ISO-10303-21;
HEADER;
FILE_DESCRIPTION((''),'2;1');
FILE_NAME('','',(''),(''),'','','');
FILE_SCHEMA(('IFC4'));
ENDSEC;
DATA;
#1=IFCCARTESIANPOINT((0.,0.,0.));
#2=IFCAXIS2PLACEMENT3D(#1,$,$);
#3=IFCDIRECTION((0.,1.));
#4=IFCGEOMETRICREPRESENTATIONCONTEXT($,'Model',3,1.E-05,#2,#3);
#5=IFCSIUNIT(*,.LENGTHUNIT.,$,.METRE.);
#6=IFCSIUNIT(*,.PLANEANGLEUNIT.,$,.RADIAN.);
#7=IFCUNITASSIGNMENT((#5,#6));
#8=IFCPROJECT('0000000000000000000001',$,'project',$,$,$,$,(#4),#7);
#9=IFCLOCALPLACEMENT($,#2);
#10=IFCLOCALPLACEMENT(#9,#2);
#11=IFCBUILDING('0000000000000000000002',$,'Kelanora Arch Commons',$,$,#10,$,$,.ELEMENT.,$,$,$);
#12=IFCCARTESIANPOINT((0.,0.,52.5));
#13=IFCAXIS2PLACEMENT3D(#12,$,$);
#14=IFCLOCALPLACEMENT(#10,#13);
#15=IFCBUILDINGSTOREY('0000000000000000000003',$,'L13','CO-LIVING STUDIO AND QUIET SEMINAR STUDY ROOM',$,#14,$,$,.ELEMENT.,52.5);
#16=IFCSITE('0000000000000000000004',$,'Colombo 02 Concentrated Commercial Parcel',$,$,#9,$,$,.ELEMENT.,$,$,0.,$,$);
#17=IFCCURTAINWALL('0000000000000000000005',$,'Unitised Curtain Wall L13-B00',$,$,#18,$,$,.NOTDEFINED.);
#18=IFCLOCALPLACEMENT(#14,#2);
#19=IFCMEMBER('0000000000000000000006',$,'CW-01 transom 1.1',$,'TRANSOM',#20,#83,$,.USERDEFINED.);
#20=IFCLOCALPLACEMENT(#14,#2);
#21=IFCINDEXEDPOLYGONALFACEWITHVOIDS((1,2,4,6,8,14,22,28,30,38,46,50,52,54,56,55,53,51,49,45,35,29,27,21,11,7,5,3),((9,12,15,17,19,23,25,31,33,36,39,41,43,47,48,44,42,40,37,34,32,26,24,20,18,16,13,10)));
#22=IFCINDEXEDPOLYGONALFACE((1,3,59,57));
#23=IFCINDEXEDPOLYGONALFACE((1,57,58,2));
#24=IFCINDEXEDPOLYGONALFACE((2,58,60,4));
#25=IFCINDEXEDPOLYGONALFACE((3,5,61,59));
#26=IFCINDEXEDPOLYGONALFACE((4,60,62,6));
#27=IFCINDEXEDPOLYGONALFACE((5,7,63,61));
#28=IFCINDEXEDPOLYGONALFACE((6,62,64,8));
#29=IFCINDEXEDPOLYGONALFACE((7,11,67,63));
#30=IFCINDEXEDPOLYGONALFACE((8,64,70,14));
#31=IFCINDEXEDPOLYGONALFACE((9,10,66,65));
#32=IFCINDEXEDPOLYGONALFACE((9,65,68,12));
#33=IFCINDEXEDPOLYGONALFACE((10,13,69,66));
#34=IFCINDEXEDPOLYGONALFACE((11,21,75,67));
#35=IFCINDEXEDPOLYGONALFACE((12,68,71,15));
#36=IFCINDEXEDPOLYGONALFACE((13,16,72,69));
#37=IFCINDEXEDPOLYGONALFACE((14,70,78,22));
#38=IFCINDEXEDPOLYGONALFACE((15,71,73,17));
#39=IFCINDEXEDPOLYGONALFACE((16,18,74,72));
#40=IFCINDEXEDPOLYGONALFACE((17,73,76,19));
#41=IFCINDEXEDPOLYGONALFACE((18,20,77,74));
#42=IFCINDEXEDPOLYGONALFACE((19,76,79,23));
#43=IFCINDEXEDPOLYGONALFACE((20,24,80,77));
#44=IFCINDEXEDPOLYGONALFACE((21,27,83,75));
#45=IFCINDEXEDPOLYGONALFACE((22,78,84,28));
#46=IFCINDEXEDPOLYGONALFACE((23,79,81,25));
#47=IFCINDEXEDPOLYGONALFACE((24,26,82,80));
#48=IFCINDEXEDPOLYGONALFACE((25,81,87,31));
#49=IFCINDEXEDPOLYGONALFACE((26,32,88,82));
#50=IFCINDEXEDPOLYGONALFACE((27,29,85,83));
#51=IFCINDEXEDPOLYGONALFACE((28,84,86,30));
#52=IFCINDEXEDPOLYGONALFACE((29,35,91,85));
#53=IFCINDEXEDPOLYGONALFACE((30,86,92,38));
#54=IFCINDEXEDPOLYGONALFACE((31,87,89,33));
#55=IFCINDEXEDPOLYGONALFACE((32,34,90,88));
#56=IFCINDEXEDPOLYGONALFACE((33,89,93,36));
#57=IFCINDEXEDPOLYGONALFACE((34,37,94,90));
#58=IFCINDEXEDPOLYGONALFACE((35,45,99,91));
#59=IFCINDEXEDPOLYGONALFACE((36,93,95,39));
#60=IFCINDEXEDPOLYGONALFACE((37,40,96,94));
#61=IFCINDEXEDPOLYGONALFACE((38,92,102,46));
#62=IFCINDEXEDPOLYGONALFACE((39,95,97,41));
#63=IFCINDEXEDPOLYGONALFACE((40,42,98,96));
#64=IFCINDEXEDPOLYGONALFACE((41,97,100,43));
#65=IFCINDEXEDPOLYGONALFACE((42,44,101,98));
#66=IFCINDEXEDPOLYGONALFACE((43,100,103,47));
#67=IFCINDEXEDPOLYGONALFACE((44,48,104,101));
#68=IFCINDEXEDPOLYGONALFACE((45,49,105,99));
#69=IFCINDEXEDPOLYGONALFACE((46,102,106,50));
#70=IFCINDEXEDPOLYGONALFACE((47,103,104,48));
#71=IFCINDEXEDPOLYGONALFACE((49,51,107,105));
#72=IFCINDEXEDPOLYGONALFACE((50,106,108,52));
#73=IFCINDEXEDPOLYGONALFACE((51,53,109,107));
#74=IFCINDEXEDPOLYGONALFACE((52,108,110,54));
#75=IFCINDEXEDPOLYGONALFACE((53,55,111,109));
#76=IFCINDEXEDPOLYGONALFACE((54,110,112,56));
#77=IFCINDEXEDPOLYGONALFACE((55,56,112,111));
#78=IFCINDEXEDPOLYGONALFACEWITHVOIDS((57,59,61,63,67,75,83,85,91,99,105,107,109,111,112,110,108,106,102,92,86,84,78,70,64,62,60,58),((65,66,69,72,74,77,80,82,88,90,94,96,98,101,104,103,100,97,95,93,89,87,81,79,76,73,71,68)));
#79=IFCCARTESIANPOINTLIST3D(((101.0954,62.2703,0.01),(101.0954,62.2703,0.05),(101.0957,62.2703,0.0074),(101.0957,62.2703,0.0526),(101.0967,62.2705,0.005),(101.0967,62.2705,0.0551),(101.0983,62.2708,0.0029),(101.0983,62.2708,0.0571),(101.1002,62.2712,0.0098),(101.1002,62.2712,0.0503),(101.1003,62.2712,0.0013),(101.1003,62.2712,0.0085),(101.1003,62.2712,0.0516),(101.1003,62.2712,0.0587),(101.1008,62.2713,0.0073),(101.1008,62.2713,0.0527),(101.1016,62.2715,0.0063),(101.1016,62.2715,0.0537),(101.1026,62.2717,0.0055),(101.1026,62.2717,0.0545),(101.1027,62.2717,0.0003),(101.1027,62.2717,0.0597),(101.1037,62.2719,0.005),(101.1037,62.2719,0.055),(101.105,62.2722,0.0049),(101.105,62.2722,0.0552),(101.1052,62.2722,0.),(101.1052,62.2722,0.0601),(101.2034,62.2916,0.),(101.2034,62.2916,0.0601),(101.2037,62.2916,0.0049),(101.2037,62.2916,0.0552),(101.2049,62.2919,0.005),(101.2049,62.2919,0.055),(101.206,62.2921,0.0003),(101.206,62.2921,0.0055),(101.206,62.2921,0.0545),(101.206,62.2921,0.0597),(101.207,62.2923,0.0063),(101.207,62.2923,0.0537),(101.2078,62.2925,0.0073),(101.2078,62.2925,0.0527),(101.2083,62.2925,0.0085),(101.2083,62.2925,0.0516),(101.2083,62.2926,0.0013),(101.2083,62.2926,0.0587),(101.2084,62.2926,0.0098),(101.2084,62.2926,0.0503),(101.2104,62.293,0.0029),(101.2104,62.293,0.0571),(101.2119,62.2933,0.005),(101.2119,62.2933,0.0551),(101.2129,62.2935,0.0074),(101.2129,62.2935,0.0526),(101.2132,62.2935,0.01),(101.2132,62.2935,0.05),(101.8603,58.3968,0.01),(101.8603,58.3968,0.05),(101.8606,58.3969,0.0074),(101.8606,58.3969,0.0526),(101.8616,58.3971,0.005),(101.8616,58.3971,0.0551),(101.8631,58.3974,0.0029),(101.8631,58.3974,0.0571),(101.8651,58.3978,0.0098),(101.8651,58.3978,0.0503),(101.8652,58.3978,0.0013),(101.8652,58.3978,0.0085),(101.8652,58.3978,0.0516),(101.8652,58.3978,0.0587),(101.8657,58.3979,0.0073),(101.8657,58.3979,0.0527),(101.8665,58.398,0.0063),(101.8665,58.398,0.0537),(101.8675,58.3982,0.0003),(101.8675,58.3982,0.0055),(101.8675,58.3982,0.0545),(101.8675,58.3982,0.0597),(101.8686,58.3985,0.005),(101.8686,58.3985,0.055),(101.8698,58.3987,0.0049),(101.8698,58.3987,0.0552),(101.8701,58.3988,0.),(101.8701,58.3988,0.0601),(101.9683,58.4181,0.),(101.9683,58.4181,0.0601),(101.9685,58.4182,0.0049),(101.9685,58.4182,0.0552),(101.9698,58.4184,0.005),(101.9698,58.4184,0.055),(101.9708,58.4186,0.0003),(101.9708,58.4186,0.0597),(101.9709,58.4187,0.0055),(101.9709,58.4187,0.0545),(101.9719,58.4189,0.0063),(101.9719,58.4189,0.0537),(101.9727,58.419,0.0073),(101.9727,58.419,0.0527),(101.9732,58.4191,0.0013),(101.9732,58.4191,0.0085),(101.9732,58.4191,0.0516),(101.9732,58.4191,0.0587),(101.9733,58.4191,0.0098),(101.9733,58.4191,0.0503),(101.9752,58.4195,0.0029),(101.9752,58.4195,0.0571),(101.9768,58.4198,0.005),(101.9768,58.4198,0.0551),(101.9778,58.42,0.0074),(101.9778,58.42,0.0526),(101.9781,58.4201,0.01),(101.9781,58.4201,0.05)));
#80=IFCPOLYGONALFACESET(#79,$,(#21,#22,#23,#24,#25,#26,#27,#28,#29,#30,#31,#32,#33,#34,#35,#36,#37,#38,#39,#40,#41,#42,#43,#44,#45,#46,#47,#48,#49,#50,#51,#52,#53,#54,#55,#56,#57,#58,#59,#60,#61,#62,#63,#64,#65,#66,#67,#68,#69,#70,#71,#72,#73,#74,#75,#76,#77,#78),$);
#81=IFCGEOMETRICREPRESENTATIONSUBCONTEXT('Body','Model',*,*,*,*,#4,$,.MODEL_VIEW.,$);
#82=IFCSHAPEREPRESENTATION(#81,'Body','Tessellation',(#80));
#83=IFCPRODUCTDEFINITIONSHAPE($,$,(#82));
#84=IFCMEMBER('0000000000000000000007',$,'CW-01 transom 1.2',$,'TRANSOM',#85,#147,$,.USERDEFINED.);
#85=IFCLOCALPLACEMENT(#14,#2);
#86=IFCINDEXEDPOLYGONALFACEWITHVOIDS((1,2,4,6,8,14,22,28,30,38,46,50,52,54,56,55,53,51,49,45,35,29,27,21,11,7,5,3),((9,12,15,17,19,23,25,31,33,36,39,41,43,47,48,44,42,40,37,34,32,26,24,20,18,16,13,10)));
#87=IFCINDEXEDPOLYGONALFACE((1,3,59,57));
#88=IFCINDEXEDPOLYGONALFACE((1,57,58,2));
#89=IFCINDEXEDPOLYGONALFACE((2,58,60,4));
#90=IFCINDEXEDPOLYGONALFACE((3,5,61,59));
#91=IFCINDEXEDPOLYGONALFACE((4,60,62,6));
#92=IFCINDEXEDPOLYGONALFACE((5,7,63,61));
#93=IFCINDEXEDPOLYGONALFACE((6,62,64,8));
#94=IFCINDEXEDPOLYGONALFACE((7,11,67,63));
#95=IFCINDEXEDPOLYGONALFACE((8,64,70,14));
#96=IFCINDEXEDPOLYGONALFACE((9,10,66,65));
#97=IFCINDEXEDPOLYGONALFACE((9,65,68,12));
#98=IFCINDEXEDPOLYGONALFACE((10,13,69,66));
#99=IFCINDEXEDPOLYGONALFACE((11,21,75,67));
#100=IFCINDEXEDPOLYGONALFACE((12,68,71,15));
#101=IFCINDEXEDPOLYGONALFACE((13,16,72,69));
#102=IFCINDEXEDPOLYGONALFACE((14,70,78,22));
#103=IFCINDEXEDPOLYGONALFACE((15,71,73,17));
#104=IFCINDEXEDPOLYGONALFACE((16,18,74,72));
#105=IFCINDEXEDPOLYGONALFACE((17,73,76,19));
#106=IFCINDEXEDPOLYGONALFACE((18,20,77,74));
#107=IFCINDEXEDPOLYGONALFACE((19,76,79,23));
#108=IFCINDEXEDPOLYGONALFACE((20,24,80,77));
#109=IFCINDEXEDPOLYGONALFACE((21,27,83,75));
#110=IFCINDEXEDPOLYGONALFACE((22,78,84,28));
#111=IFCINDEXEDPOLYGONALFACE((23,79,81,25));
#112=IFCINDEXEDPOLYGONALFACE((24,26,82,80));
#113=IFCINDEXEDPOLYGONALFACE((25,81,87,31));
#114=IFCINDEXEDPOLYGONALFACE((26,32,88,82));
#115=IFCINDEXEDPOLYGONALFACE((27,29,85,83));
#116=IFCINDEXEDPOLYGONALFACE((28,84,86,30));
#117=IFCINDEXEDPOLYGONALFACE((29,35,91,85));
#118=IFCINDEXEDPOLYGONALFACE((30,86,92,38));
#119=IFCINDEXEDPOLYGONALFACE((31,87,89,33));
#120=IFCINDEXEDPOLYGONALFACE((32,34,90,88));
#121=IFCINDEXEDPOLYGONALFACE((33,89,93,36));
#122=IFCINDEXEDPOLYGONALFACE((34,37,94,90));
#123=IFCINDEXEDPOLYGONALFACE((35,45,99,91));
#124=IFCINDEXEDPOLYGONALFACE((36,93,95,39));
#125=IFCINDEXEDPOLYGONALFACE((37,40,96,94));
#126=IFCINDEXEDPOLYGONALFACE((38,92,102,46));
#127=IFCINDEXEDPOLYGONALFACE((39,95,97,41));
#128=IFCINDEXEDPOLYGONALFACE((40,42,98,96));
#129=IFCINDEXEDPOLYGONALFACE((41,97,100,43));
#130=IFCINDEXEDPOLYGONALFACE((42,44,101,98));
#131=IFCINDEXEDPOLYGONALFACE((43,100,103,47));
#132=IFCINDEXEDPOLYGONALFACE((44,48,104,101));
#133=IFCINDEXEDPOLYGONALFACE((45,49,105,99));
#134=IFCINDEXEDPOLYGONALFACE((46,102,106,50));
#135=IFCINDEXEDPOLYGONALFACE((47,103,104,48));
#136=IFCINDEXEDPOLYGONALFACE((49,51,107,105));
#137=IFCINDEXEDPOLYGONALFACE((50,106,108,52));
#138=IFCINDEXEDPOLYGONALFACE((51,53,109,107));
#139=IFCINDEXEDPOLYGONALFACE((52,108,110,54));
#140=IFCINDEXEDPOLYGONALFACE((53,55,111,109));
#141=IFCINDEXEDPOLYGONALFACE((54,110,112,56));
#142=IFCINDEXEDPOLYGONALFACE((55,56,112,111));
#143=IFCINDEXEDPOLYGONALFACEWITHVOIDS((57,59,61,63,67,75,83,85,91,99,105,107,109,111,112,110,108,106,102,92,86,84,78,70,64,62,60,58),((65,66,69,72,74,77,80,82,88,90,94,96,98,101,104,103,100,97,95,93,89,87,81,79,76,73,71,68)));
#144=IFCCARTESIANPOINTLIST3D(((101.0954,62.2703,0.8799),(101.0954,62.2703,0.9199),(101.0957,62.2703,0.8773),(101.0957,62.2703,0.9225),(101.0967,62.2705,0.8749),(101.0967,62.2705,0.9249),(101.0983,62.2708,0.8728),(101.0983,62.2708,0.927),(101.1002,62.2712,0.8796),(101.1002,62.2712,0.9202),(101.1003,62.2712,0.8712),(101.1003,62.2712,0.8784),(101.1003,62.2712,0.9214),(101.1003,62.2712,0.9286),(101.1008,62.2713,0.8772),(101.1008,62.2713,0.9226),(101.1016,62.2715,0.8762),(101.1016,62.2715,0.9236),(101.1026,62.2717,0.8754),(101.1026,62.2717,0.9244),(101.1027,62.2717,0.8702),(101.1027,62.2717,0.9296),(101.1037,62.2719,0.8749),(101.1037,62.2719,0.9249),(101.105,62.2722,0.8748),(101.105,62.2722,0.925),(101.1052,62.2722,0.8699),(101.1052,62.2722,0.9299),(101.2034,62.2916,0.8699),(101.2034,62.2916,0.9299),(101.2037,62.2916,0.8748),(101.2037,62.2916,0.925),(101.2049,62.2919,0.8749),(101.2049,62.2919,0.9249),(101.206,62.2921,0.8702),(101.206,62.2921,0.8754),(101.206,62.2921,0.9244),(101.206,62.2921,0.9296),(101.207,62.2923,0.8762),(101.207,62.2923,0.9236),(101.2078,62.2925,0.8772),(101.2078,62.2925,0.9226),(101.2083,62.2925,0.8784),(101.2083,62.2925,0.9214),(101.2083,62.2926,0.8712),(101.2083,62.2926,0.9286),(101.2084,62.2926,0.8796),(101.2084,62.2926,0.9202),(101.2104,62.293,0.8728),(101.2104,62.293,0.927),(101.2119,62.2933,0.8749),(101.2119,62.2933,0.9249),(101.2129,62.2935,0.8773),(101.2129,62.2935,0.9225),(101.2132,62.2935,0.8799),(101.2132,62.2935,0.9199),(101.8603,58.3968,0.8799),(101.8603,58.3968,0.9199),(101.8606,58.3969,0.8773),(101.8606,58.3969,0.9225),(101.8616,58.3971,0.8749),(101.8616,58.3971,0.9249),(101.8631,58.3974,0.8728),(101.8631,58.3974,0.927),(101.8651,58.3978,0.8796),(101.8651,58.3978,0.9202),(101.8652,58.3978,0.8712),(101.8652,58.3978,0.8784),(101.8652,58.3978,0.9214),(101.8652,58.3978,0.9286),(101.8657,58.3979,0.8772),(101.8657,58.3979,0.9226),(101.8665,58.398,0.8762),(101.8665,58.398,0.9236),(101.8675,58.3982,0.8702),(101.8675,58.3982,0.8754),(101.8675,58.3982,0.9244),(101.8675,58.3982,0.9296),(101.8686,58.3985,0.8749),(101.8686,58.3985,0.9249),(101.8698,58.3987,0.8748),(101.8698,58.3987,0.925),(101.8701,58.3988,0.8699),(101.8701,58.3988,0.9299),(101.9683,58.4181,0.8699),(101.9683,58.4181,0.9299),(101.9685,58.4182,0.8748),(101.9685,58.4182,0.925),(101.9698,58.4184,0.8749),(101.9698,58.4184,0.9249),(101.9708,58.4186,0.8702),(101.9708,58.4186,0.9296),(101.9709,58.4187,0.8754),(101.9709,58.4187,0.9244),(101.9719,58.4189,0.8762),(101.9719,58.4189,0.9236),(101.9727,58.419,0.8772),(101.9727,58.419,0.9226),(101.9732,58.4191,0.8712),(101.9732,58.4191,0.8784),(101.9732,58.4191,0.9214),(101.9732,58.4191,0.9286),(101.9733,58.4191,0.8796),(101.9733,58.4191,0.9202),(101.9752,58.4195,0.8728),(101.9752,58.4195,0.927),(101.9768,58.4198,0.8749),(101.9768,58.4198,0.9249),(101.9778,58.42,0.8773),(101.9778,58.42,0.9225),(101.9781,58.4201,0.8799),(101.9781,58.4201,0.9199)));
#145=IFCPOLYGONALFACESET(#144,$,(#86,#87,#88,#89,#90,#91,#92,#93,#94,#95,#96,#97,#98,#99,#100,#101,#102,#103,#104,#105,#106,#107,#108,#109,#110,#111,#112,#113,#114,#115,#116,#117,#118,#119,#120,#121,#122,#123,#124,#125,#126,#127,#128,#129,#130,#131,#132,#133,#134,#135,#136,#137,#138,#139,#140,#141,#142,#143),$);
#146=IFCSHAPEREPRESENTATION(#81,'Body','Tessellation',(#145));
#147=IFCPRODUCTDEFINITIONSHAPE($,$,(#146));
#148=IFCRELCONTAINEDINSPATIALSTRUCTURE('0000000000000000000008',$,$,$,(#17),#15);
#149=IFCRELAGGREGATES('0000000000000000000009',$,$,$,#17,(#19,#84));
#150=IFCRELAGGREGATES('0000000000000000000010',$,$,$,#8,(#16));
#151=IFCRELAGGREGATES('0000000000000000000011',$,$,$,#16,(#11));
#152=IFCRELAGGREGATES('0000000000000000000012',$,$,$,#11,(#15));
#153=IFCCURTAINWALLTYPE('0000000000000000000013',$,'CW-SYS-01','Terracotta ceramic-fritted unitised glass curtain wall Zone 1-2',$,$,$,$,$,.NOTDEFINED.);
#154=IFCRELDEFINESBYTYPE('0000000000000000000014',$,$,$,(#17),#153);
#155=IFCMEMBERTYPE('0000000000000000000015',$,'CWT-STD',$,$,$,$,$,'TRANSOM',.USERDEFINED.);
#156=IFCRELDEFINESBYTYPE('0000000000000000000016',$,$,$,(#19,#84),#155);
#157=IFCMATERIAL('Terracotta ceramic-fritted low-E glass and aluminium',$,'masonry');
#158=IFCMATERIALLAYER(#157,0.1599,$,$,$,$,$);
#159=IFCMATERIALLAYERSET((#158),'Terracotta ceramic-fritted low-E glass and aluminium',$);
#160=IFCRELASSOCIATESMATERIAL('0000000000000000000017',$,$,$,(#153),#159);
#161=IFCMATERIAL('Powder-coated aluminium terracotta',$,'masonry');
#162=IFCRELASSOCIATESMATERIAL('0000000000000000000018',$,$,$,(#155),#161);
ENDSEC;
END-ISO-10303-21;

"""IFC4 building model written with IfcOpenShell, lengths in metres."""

from ifc_helpers import new_model, si_unit, direction, frame, origin, origin_2d, place, context, subcontext, project, spatial, hollow_rectangle, extrude, material, layer, layer_set, material_profile, profile_set, type_object, element, aggregate, save


model = new_model("IFC4")

# Units and contexts
model_context = context("Model", 3, precision=1e-05, world=origin(), true_north=direction((0.0, 1.0)))
body_context = subcontext(model_context, "Body", "Model", "MODEL_VIEW")
ifc_project = project(units=[si_unit("LENGTHUNIT", "METRE"), si_unit("PLANEANGLEUNIT", "RADIAN")], contexts=[model_context])

# Site, building, storey
site_placement = place(None, origin())
site = spatial("IfcSite", under=ifc_project, at=site_placement, Name="Colombo 02 Concentrated Commercial Parcel", CompositionType="ELEMENT", RefElevation=0.0)
building_placement = place(site_placement, origin())
building = spatial("IfcBuilding", under=site, at=building_placement, Name="Kelanora Arch Commons", CompositionType="ELEMENT")
storey_placement = place(building_placement, frame((0.0, 0.0, 52.5)))
storey = spatial("IfcBuildingStorey", under=building, at=storey_placement, Name="L13", Description="CO-LIVING STUDIO AND QUIET SEMINAR STUDY ROOM", CompositionType="ELEMENT", Elevation=52.5)

# Curtain wall, members
ifc_material_1 = material(Name="Terracotta ceramic-fritted low-E glass and aluminium", Category="masonry")
ifc_layer_1 = layer(ifc_material_1, 0.1599)
ifc_layer_set_1 = layer_set([ifc_layer_1], Name="Terracotta ceramic-fritted low-E glass and aluminium")
curtain_wall_type = type_object("IfcCurtainWallType", Name="CW-SYS-01", Description="Terracotta ceramic-fritted unitised glass curtain wall Zone 1-2", PredefinedType="NOTDEFINED", material=ifc_layer_set_1)
curtain_wall_placement = place(storey_placement, origin())
curtain_wall = element("IfcCurtainWall", 1, at=curtain_wall_placement, inside=storey, type_object=curtain_wall_type, Name="Unitised Curtain Wall L13-B00", PredefinedType="NOTDEFINED")
ifc_material_2 = material(Name="Powder-coated aluminium terracotta", Category="masonry")
ifc_material_profile_1 = material_profile(ifc_material_2, hollow_rectangle(XDim=0.1201, YDim=0.0601, WallThickness=0.0049, InnerFilletRadius=0.0049, OuterFilletRadius=0.01, at=origin_2d()), Name="CWT120x60")
ifc_profile_set_1 = profile_set([ifc_material_profile_1], Name="Powder-coated aluminium terracotta")
member_type_1 = type_object("IfcMemberType", Name="CWT-STD", ElementType="TRANSOM", PredefinedType="USERDEFINED", material=ifc_profile_set_1)
member_1_placement = place(storey_placement, frame((101.9192, 58.4084, 0.03), z_axis=(-0.193725, 0.981056, 0.0), x_axis=(-0.981056, -0.193725, 0.0)))
member_1 = element("IfcMember", 2, at=member_1_placement, type_object=member_type_1, Name="CW-01 transom 1.1", ObjectType="TRANSOM", PredefinedType="USERDEFINED", context=body_context, shape_type="SweptSolid", body=[
    extrude(hollow_rectangle(XDim=0.1201, YDim=0.0601, WallThickness=0.0049, InnerFilletRadius=0.0049, OuterFilletRadius=0.01, at=origin_2d()), origin(), (0.0, 0.0, 1.0), 3.9482),
])
member_2_placement = place(storey_placement, frame((101.9192, 58.4084, 0.8999), z_axis=(-0.193725, 0.981056, 0.0), x_axis=(-0.981056, -0.193725, 0.0)))
member_2 = element("IfcMember", 3, at=member_2_placement, type_object=member_type_1, Name="CW-01 transom 1.2", ObjectType="TRANSOM", PredefinedType="USERDEFINED", context=body_context, shape_type="SweptSolid", body=[
    extrude(hollow_rectangle(XDim=0.1201, YDim=0.0601, WallThickness=0.0049, InnerFilletRadius=0.0049, OuterFilletRadius=0.01, at=origin_2d()), origin(), (0.0, 0.0, 1.0), 3.9482),
])
aggregate(curtain_wall, [member_1, member_2])

save(model, "model.ifc")
